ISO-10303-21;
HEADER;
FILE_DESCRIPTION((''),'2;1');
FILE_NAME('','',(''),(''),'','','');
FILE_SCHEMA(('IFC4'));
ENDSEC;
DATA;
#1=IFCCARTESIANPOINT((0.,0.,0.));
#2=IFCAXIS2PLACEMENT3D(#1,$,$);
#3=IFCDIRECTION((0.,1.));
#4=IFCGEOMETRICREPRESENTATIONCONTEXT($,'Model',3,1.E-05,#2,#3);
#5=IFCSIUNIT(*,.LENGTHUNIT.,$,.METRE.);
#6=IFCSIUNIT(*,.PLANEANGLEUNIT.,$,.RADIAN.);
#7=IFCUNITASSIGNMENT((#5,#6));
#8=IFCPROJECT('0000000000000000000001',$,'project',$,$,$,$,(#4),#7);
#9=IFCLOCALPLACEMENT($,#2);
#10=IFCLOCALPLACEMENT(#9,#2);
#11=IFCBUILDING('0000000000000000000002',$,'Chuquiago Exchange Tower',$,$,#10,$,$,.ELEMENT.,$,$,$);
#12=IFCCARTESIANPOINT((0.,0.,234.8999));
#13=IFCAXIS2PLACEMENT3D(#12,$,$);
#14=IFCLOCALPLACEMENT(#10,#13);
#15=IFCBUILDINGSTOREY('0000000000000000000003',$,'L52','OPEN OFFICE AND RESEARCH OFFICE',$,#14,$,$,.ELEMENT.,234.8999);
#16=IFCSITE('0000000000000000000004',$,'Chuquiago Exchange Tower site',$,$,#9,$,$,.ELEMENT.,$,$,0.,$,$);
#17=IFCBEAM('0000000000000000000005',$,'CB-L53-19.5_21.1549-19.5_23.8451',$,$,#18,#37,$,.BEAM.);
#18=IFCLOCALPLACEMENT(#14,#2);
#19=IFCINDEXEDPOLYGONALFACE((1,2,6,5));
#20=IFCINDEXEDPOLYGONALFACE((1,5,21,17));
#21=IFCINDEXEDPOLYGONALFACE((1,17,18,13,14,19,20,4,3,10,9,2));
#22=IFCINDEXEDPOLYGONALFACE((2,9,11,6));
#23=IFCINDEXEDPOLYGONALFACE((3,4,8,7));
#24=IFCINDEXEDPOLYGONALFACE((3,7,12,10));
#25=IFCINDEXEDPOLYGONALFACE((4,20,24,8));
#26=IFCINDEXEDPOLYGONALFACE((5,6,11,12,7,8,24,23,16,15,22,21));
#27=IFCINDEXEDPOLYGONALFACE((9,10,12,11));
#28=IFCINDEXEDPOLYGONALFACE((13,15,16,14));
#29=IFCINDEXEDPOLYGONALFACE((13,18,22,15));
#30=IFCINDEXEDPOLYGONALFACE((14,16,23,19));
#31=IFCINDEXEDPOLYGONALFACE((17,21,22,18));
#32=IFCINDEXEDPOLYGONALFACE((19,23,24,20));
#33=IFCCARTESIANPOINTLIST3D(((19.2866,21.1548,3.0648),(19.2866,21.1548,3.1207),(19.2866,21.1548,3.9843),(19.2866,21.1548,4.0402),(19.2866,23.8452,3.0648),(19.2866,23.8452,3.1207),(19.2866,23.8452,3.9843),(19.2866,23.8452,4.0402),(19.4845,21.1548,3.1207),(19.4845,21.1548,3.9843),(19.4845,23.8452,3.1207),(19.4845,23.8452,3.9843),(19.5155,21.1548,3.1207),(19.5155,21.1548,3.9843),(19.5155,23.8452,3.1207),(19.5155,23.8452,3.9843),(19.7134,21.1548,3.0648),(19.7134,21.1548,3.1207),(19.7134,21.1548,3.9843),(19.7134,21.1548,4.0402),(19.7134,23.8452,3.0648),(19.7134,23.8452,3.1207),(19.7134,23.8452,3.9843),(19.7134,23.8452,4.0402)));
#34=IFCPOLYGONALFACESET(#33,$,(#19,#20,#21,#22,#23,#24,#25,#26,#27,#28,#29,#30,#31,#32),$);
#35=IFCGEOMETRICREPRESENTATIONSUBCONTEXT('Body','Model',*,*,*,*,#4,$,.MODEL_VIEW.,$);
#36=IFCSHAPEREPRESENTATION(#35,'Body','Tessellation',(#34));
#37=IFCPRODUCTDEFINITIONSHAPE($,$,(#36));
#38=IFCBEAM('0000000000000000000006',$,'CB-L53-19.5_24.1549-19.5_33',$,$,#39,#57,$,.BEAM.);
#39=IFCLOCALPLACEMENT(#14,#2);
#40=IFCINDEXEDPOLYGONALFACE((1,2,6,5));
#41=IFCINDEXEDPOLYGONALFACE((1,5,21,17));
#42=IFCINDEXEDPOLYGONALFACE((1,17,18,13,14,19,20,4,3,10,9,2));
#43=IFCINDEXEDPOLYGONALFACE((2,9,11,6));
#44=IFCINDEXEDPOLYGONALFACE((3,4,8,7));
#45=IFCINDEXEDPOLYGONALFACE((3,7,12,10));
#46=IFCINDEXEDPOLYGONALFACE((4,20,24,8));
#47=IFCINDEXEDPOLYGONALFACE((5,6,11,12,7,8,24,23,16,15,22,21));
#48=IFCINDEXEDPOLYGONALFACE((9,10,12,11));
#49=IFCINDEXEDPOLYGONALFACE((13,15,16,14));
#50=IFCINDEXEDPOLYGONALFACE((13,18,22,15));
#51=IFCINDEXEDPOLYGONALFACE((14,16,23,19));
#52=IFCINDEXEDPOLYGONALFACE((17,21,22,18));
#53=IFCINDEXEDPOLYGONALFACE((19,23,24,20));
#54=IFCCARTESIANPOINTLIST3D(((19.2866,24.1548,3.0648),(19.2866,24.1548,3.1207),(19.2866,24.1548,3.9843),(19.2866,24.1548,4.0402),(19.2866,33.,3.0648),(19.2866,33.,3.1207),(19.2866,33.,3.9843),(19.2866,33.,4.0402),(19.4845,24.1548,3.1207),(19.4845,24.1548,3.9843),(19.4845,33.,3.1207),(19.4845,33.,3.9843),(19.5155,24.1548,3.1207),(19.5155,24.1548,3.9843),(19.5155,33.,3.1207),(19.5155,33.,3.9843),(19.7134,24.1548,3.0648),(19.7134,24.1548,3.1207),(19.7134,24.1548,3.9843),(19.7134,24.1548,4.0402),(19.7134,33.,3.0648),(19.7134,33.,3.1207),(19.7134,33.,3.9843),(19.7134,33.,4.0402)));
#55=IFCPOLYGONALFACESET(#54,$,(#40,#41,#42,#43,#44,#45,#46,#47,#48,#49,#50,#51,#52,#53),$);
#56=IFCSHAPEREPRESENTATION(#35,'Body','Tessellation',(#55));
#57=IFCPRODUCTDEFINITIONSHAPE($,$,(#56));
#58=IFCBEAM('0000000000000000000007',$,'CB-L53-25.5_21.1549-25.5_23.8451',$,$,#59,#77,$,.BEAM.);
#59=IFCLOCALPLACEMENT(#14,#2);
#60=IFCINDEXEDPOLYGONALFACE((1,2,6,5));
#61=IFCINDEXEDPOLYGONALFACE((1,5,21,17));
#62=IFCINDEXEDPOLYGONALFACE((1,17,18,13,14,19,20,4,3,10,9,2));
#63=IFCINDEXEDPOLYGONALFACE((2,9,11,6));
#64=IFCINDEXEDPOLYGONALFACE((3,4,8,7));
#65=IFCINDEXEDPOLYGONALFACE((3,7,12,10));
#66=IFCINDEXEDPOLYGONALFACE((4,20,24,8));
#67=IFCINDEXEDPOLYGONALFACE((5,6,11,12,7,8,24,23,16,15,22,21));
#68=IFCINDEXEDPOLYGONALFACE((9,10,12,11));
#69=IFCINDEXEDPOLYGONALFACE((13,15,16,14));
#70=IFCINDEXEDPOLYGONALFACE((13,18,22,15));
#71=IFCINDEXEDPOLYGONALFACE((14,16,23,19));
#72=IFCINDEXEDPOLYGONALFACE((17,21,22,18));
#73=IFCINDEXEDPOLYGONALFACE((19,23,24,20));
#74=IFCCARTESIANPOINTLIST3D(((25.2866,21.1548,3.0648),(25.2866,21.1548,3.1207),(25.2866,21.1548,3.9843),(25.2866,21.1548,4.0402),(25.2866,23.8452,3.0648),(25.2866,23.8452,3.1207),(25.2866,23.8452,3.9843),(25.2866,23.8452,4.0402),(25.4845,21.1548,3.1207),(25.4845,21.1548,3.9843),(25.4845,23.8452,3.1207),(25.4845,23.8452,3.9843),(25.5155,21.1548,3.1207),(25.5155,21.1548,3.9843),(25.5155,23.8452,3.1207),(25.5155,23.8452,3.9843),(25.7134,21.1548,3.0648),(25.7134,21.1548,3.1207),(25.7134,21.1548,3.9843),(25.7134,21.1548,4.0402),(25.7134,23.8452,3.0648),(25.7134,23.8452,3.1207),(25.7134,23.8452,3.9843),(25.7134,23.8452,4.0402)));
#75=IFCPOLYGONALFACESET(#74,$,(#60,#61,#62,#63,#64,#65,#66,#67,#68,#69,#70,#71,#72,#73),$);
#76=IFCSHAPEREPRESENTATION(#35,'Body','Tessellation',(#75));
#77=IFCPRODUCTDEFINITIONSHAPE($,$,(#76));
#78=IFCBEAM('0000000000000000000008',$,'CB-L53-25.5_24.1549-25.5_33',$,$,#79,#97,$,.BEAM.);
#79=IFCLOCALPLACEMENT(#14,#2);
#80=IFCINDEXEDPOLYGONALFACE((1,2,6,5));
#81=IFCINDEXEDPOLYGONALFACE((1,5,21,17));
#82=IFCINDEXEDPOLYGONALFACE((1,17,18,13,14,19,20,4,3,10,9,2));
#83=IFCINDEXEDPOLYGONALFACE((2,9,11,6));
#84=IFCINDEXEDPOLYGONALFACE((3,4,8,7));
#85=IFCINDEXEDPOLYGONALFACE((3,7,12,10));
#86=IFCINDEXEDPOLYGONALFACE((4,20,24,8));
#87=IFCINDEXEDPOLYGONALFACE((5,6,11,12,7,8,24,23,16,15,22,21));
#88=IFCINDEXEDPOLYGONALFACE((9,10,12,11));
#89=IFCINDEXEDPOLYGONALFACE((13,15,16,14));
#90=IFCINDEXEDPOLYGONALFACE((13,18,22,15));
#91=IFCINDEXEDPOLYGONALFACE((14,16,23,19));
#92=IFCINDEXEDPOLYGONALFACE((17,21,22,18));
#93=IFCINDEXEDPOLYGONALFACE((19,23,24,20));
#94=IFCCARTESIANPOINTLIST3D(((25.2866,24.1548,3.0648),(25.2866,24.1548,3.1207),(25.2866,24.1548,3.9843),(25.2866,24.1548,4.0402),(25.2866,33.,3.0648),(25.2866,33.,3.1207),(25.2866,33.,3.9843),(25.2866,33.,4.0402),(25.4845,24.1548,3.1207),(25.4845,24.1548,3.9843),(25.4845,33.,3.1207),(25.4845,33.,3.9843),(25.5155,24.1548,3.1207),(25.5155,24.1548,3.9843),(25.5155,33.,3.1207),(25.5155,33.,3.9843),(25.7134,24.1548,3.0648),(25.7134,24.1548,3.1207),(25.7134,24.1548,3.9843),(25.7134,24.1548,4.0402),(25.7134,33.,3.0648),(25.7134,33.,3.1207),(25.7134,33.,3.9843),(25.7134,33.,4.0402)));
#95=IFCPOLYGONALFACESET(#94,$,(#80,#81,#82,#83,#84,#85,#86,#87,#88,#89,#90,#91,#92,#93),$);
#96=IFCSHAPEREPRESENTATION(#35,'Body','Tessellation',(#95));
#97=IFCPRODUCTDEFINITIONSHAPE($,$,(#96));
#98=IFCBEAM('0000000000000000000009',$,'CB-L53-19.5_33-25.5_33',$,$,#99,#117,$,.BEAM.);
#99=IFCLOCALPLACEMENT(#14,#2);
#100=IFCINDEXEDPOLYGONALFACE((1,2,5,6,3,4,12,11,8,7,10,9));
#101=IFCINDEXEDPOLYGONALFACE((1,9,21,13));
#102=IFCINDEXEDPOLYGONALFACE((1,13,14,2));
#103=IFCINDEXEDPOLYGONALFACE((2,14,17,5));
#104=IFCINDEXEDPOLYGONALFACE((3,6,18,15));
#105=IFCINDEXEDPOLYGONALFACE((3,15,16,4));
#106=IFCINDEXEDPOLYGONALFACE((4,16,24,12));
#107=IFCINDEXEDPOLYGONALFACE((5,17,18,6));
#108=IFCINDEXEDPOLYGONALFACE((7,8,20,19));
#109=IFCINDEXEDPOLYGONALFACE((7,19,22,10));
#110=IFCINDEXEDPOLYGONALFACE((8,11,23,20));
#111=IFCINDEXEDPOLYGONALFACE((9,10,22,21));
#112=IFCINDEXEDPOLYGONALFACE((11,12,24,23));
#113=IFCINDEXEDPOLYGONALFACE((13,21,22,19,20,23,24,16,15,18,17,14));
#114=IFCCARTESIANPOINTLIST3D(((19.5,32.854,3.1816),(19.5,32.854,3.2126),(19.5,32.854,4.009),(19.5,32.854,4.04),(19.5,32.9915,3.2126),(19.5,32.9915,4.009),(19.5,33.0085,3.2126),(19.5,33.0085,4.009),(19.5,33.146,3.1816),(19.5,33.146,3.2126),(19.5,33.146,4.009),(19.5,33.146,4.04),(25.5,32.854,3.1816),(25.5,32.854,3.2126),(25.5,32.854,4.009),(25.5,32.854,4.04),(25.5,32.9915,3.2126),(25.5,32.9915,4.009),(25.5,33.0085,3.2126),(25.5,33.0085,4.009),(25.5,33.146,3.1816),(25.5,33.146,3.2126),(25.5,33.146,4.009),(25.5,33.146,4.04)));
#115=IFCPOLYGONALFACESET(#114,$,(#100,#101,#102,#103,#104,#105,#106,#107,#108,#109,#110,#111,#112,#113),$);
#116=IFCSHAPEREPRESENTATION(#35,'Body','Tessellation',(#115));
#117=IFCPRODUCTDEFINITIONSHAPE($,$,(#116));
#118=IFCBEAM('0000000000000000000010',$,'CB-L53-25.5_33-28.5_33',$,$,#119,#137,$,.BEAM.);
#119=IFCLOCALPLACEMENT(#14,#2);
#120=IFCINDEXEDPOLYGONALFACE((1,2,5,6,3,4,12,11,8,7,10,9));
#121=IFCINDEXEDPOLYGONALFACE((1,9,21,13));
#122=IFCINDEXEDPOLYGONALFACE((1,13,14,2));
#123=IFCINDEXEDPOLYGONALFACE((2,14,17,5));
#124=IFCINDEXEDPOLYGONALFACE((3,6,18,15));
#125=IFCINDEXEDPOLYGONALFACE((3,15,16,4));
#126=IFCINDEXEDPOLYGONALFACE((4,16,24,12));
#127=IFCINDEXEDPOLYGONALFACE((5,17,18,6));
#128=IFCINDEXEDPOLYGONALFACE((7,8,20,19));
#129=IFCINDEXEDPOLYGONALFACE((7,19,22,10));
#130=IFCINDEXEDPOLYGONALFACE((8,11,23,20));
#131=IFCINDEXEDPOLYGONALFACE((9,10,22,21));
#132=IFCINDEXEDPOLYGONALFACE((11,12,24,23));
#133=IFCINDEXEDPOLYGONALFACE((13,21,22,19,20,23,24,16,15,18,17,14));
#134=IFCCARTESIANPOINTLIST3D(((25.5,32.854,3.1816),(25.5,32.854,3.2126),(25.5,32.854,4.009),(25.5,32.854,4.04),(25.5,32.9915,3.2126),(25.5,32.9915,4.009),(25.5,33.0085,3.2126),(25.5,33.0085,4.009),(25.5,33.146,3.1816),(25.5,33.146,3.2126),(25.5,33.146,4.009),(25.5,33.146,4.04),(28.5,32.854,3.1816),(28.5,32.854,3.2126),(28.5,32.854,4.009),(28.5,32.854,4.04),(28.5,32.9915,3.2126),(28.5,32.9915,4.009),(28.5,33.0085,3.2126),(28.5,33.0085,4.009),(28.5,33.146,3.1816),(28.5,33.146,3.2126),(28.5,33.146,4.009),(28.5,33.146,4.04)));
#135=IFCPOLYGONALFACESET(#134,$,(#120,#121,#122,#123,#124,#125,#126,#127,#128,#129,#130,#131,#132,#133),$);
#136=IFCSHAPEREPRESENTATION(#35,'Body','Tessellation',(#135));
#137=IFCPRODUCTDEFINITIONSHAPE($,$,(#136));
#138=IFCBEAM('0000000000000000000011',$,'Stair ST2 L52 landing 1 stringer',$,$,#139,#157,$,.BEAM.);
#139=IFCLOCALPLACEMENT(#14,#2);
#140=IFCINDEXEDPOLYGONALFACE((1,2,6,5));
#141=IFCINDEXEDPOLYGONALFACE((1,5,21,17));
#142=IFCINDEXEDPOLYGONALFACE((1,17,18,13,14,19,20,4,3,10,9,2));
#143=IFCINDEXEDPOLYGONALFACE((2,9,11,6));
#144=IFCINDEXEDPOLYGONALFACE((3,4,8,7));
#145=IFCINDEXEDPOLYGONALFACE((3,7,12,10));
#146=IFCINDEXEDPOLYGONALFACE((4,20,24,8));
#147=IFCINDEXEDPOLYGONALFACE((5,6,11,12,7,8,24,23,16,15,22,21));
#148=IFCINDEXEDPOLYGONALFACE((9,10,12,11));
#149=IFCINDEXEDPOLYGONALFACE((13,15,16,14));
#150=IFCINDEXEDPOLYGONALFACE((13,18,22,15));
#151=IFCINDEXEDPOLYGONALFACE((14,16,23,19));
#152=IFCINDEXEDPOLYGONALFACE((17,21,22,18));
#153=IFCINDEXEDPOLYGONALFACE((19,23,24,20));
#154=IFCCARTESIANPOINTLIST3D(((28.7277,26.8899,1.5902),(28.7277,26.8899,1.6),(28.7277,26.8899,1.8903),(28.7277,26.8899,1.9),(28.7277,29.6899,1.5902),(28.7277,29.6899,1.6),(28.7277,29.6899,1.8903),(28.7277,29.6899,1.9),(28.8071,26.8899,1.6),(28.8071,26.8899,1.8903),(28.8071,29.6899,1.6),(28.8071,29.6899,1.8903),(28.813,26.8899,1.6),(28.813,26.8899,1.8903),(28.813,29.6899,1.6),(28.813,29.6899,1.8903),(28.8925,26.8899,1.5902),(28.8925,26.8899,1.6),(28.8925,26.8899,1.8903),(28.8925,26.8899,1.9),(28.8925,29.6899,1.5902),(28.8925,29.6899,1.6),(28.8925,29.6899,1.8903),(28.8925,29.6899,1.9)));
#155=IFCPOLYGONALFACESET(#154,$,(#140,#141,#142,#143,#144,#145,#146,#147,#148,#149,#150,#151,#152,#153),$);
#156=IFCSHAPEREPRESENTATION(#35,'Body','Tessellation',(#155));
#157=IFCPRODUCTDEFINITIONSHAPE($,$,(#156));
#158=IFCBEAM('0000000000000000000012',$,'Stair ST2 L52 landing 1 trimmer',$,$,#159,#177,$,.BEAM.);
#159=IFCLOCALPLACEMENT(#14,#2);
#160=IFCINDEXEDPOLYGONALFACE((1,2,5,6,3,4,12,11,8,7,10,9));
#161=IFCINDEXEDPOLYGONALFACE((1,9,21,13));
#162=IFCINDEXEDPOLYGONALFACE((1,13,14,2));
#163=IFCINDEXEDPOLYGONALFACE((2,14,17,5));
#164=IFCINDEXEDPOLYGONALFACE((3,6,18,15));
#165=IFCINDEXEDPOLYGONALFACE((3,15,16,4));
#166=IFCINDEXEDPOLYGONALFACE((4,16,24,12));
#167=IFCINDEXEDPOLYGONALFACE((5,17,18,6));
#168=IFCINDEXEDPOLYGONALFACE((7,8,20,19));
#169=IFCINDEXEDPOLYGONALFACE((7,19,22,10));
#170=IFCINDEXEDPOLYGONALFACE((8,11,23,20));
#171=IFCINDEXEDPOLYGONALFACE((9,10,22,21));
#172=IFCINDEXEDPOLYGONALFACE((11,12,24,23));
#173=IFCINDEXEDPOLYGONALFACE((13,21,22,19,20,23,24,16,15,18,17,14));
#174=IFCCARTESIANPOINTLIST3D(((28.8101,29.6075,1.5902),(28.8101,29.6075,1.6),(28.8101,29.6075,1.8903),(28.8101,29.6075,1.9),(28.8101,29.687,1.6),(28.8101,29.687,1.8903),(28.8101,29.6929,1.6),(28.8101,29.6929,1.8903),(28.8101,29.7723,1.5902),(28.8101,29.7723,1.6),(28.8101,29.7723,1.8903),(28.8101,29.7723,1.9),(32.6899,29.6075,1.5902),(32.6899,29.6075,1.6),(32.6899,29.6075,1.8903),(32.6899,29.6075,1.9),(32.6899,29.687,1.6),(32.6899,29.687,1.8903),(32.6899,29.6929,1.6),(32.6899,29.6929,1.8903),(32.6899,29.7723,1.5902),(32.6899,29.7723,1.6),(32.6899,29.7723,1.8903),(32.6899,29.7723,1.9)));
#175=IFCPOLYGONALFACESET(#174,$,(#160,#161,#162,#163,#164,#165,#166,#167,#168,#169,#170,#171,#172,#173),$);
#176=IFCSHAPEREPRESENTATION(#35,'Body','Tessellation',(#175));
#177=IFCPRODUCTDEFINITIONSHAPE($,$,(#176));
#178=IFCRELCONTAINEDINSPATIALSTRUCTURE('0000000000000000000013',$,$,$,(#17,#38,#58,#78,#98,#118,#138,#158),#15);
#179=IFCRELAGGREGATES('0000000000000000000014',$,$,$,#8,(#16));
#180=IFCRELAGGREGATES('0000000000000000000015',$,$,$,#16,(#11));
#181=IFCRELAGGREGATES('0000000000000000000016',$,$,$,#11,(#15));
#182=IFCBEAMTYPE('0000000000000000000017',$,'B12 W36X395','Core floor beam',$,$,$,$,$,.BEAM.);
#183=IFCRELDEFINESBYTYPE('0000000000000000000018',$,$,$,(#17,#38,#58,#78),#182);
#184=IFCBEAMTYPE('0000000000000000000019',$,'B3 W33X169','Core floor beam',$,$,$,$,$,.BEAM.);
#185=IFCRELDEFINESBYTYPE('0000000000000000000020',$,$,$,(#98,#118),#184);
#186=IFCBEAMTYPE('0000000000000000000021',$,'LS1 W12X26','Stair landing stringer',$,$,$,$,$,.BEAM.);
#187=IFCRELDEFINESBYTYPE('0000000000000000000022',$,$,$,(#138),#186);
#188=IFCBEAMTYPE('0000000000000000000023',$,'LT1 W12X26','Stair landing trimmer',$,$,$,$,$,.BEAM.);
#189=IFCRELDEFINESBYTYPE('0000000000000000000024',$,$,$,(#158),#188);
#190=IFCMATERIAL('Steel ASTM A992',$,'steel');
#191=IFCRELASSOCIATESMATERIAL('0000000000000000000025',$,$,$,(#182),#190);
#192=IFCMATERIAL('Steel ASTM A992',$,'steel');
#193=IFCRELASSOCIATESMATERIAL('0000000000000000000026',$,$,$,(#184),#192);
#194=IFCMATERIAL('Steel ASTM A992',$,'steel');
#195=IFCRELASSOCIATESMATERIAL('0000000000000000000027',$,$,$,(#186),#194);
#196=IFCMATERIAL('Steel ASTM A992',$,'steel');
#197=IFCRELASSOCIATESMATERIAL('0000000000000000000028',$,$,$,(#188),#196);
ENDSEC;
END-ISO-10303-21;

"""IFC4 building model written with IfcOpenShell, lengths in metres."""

from ifc_helpers import new_model, si_unit, direction, frame, origin, origin_2d, place, context, subcontext, project, spatial, i_section, extrude, material, material_profile, profile_set, type_object, element, save


model = new_model("IFC4")

# Units and contexts
model_context = context("Model", 3, precision=1e-05, world=origin(), true_north=direction((0.0, 1.0)))
body_context = subcontext(model_context, "Body", "Model", "MODEL_VIEW")
ifc_project = project(units=[si_unit("LENGTHUNIT", "METRE"), si_unit("PLANEANGLEUNIT", "RADIAN")], contexts=[model_context])

# Site, building, storey
site_placement = place(None, origin())
site = spatial("IfcSite", under=ifc_project, at=site_placement, Name="Chuquiago Exchange Tower site", CompositionType="ELEMENT", RefElevation=0.0)
building_placement = place(site_placement, origin())
building = spatial("IfcBuilding", under=site, at=building_placement, Name="Chuquiago Exchange Tower", CompositionType="ELEMENT")
storey_placement = place(building_placement, frame((0.0, 0.0, 234.8999)))
storey = spatial("IfcBuildingStorey", under=building, at=storey_placement, Name="L52", Description="OPEN OFFICE AND RESEARCH OFFICE", CompositionType="ELEMENT", Elevation=234.8999)

# Beams
ifc_material_1 = material(Name="Steel ASTM A992", Category="steel")
ifc_material_profile_1 = material_profile(ifc_material_1, i_section(OverallWidth=0.4268, OverallDepth=0.9753, WebThickness=0.031, FlangeThickness=0.0559, at=origin_2d()), Name="W36X395")
ifc_profile_set_1 = profile_set([ifc_material_profile_1], Name="Steel ASTM A992")
beam_type_1 = type_object("IfcBeamType", Name="B12 W36X395", Description="Core floor beam", PredefinedType="BEAM", material=ifc_profile_set_1)
beam_1_placement = place(storey_placement, frame((19.5, 21.1548, 3.5525), z_axis=(0.0, 1.0, 0.0), x_axis=(-1.0, 0.0, 0.0)))
element("IfcBeam", 1, at=beam_1_placement, inside=storey, type_object=beam_type_1, Name="CB-L53-19.5_21.1549-19.5_23.8451", PredefinedType="BEAM", context=body_context, shape_type="SweptSolid", body=[
    extrude(i_section(OverallWidth=0.4268, OverallDepth=0.9753, WebThickness=0.031, FlangeThickness=0.0559, at=origin_2d()), origin(), (0.0, 0.0, 1.0), 2.6904),
])
beam_2_placement = place(storey_placement, frame((19.5, 24.1548, 3.5525), z_axis=(0.0, 1.0, 0.0), x_axis=(-1.0, 0.0, 0.0)))
element("IfcBeam", 2, at=beam_2_placement, inside=storey, type_object=beam_type_1, Name="CB-L53-19.5_24.1549-19.5_33", PredefinedType="BEAM", context=body_context, shape_type="SweptSolid", body=[
    extrude(i_section(OverallWidth=0.4268, OverallDepth=0.9753, WebThickness=0.031, FlangeThickness=0.0559, at=origin_2d()), origin(), (0.0, 0.0, 1.0), 8.8452),
])
beam_3_placement = place(storey_placement, frame((25.5, 21.1548, 3.5525), z_axis=(0.0, 1.0, 0.0), x_axis=(-1.0, 0.0, 0.0)))
element("IfcBeam", 3, at=beam_3_placement, inside=storey, type_object=beam_type_1, Name="CB-L53-25.5_21.1549-25.5_23.8451", PredefinedType="BEAM", context=body_context, shape_type="SweptSolid", body=[
    extrude(i_section(OverallWidth=0.4268, OverallDepth=0.9753, WebThickness=0.031, FlangeThickness=0.0559, at=origin_2d()), origin(), (0.0, 0.0, 1.0), 2.6904),
])
beam_4_placement = place(storey_placement, frame((25.5, 24.1548, 3.5525), z_axis=(0.0, 1.0, 0.0), x_axis=(-1.0, 0.0, 0.0)))
element("IfcBeam", 4, at=beam_4_placement, inside=storey, type_object=beam_type_1, Name="CB-L53-25.5_24.1549-25.5_33", PredefinedType="BEAM", context=body_context, shape_type="SweptSolid", body=[
    extrude(i_section(OverallWidth=0.4268, OverallDepth=0.9753, WebThickness=0.031, FlangeThickness=0.0559, at=origin_2d()), origin(), (0.0, 0.0, 1.0), 8.8452),
])
ifc_material_2 = material(Name="Steel ASTM A992", Category="steel")
ifc_material_profile_2 = material_profile(ifc_material_2, i_section(OverallWidth=0.292, OverallDepth=0.8584, WebThickness=0.0171, FlangeThickness=0.031, at=origin_2d()), Name="W33X169")
ifc_profile_set_2 = profile_set([ifc_material_profile_2], Name="Steel ASTM A992")
beam_type_2 = type_object("IfcBeamType", Name="B3 W33X169", Description="Core floor beam", PredefinedType="BEAM", material=ifc_profile_set_2)
beam_5_placement = place(storey_placement, frame((19.5, 33.0, 3.6108), z_axis=(1.0, 0.0, 0.0), x_axis=(0.0, 1.0, 0.0)))
element("IfcBeam", 5, at=beam_5_placement, inside=storey, type_object=beam_type_2, Name="CB-L53-19.5_33-25.5_33", PredefinedType="BEAM", context=body_context, shape_type="SweptSolid", body=[
    extrude(i_section(OverallWidth=0.292, OverallDepth=0.8584, WebThickness=0.0171, FlangeThickness=0.031, at=origin_2d()), origin(), (0.0, 0.0, 1.0), 6.0),
])
beam_6_placement = place(storey_placement, frame((25.5, 33.0, 3.6108), z_axis=(1.0, 0.0, 0.0), x_axis=(0.0, 1.0, 0.0)))
element("IfcBeam", 6, at=beam_6_placement, inside=storey, type_object=beam_type_2, Name="CB-L53-25.5_33-28.5_33", PredefinedType="BEAM", context=body_context, shape_type="SweptSolid", body=[
    extrude(i_section(OverallWidth=0.292, OverallDepth=0.8584, WebThickness=0.0171, FlangeThickness=0.031, at=origin_2d()), origin(), (0.0, 0.0, 1.0), 3.0),
])
ifc_material_3 = material(Name="Steel ASTM A992", Category="steel")
ifc_material_profile_3 = material_profile(ifc_material_3, i_section(OverallWidth=0.1648, OverallDepth=0.3098, WebThickness=0.0059, FlangeThickness=0.0098, at=origin_2d()), Name="W12X26")
ifc_profile_set_3 = profile_set([ifc_material_profile_3], Name="Steel ASTM A992")
beam_type_3 = type_object("IfcBeamType", Name="LS1 W12X26", Description="Stair landing stringer", PredefinedType="BEAM", material=ifc_profile_set_3)
beam_7_placement = place(storey_placement, frame((28.8101, 26.8899, 1.7451), z_axis=(0.0, 1.0, 0.0), x_axis=(-1.0, 0.0, 0.0)))
element("IfcBeam", 7, at=beam_7_placement, inside=storey, type_object=beam_type_3, Name="Stair ST2 L52 landing 1 stringer", PredefinedType="BEAM", context=body_context, shape_type="SweptSolid", body=[
    extrude(i_section(OverallWidth=0.1648, OverallDepth=0.3098, WebThickness=0.0059, FlangeThickness=0.0098, at=origin_2d()), origin(), (0.0, 0.0, 1.0), 2.8),
])
ifc_material_4 = material(Name="Steel ASTM A992", Category="steel")
ifc_material_profile_4 = material_profile(ifc_material_4, i_section(OverallWidth=0.1648, OverallDepth=0.3098, WebThickness=0.0059, FlangeThickness=0.0098, at=origin_2d()), Name="W12X26")
ifc_profile_set_4 = profile_set([ifc_material_profile_4], Name="Steel ASTM A992")
beam_type_4 = type_object("IfcBeamType", Name="LT1 W12X26", Description="Stair landing trimmer", PredefinedType="BEAM", material=ifc_profile_set_4)
for number, where, z_axis, x_axis, name in (
    (8, (28.8101, 29.6899, 1.7451), (1.0, 0.0, 0.0), (0.0, 1.0, 0.0), "Stair ST2 L52 landing 1 trimmer"),
):
    element("IfcBeam", number, at=place(storey_placement, frame(where, z_axis=z_axis, x_axis=x_axis)), inside=storey, type_object=beam_type_4, Name=name, PredefinedType="BEAM", context=body_context, shape_type="SweptSolid", body=[
        extrude(i_section(OverallWidth=0.1648, OverallDepth=0.3098, WebThickness=0.0059, FlangeThickness=0.0098, at=origin_2d()), origin(), (0.0, 0.0, 1.0), 3.8799),
    ])

save(model, "model.ifc")
